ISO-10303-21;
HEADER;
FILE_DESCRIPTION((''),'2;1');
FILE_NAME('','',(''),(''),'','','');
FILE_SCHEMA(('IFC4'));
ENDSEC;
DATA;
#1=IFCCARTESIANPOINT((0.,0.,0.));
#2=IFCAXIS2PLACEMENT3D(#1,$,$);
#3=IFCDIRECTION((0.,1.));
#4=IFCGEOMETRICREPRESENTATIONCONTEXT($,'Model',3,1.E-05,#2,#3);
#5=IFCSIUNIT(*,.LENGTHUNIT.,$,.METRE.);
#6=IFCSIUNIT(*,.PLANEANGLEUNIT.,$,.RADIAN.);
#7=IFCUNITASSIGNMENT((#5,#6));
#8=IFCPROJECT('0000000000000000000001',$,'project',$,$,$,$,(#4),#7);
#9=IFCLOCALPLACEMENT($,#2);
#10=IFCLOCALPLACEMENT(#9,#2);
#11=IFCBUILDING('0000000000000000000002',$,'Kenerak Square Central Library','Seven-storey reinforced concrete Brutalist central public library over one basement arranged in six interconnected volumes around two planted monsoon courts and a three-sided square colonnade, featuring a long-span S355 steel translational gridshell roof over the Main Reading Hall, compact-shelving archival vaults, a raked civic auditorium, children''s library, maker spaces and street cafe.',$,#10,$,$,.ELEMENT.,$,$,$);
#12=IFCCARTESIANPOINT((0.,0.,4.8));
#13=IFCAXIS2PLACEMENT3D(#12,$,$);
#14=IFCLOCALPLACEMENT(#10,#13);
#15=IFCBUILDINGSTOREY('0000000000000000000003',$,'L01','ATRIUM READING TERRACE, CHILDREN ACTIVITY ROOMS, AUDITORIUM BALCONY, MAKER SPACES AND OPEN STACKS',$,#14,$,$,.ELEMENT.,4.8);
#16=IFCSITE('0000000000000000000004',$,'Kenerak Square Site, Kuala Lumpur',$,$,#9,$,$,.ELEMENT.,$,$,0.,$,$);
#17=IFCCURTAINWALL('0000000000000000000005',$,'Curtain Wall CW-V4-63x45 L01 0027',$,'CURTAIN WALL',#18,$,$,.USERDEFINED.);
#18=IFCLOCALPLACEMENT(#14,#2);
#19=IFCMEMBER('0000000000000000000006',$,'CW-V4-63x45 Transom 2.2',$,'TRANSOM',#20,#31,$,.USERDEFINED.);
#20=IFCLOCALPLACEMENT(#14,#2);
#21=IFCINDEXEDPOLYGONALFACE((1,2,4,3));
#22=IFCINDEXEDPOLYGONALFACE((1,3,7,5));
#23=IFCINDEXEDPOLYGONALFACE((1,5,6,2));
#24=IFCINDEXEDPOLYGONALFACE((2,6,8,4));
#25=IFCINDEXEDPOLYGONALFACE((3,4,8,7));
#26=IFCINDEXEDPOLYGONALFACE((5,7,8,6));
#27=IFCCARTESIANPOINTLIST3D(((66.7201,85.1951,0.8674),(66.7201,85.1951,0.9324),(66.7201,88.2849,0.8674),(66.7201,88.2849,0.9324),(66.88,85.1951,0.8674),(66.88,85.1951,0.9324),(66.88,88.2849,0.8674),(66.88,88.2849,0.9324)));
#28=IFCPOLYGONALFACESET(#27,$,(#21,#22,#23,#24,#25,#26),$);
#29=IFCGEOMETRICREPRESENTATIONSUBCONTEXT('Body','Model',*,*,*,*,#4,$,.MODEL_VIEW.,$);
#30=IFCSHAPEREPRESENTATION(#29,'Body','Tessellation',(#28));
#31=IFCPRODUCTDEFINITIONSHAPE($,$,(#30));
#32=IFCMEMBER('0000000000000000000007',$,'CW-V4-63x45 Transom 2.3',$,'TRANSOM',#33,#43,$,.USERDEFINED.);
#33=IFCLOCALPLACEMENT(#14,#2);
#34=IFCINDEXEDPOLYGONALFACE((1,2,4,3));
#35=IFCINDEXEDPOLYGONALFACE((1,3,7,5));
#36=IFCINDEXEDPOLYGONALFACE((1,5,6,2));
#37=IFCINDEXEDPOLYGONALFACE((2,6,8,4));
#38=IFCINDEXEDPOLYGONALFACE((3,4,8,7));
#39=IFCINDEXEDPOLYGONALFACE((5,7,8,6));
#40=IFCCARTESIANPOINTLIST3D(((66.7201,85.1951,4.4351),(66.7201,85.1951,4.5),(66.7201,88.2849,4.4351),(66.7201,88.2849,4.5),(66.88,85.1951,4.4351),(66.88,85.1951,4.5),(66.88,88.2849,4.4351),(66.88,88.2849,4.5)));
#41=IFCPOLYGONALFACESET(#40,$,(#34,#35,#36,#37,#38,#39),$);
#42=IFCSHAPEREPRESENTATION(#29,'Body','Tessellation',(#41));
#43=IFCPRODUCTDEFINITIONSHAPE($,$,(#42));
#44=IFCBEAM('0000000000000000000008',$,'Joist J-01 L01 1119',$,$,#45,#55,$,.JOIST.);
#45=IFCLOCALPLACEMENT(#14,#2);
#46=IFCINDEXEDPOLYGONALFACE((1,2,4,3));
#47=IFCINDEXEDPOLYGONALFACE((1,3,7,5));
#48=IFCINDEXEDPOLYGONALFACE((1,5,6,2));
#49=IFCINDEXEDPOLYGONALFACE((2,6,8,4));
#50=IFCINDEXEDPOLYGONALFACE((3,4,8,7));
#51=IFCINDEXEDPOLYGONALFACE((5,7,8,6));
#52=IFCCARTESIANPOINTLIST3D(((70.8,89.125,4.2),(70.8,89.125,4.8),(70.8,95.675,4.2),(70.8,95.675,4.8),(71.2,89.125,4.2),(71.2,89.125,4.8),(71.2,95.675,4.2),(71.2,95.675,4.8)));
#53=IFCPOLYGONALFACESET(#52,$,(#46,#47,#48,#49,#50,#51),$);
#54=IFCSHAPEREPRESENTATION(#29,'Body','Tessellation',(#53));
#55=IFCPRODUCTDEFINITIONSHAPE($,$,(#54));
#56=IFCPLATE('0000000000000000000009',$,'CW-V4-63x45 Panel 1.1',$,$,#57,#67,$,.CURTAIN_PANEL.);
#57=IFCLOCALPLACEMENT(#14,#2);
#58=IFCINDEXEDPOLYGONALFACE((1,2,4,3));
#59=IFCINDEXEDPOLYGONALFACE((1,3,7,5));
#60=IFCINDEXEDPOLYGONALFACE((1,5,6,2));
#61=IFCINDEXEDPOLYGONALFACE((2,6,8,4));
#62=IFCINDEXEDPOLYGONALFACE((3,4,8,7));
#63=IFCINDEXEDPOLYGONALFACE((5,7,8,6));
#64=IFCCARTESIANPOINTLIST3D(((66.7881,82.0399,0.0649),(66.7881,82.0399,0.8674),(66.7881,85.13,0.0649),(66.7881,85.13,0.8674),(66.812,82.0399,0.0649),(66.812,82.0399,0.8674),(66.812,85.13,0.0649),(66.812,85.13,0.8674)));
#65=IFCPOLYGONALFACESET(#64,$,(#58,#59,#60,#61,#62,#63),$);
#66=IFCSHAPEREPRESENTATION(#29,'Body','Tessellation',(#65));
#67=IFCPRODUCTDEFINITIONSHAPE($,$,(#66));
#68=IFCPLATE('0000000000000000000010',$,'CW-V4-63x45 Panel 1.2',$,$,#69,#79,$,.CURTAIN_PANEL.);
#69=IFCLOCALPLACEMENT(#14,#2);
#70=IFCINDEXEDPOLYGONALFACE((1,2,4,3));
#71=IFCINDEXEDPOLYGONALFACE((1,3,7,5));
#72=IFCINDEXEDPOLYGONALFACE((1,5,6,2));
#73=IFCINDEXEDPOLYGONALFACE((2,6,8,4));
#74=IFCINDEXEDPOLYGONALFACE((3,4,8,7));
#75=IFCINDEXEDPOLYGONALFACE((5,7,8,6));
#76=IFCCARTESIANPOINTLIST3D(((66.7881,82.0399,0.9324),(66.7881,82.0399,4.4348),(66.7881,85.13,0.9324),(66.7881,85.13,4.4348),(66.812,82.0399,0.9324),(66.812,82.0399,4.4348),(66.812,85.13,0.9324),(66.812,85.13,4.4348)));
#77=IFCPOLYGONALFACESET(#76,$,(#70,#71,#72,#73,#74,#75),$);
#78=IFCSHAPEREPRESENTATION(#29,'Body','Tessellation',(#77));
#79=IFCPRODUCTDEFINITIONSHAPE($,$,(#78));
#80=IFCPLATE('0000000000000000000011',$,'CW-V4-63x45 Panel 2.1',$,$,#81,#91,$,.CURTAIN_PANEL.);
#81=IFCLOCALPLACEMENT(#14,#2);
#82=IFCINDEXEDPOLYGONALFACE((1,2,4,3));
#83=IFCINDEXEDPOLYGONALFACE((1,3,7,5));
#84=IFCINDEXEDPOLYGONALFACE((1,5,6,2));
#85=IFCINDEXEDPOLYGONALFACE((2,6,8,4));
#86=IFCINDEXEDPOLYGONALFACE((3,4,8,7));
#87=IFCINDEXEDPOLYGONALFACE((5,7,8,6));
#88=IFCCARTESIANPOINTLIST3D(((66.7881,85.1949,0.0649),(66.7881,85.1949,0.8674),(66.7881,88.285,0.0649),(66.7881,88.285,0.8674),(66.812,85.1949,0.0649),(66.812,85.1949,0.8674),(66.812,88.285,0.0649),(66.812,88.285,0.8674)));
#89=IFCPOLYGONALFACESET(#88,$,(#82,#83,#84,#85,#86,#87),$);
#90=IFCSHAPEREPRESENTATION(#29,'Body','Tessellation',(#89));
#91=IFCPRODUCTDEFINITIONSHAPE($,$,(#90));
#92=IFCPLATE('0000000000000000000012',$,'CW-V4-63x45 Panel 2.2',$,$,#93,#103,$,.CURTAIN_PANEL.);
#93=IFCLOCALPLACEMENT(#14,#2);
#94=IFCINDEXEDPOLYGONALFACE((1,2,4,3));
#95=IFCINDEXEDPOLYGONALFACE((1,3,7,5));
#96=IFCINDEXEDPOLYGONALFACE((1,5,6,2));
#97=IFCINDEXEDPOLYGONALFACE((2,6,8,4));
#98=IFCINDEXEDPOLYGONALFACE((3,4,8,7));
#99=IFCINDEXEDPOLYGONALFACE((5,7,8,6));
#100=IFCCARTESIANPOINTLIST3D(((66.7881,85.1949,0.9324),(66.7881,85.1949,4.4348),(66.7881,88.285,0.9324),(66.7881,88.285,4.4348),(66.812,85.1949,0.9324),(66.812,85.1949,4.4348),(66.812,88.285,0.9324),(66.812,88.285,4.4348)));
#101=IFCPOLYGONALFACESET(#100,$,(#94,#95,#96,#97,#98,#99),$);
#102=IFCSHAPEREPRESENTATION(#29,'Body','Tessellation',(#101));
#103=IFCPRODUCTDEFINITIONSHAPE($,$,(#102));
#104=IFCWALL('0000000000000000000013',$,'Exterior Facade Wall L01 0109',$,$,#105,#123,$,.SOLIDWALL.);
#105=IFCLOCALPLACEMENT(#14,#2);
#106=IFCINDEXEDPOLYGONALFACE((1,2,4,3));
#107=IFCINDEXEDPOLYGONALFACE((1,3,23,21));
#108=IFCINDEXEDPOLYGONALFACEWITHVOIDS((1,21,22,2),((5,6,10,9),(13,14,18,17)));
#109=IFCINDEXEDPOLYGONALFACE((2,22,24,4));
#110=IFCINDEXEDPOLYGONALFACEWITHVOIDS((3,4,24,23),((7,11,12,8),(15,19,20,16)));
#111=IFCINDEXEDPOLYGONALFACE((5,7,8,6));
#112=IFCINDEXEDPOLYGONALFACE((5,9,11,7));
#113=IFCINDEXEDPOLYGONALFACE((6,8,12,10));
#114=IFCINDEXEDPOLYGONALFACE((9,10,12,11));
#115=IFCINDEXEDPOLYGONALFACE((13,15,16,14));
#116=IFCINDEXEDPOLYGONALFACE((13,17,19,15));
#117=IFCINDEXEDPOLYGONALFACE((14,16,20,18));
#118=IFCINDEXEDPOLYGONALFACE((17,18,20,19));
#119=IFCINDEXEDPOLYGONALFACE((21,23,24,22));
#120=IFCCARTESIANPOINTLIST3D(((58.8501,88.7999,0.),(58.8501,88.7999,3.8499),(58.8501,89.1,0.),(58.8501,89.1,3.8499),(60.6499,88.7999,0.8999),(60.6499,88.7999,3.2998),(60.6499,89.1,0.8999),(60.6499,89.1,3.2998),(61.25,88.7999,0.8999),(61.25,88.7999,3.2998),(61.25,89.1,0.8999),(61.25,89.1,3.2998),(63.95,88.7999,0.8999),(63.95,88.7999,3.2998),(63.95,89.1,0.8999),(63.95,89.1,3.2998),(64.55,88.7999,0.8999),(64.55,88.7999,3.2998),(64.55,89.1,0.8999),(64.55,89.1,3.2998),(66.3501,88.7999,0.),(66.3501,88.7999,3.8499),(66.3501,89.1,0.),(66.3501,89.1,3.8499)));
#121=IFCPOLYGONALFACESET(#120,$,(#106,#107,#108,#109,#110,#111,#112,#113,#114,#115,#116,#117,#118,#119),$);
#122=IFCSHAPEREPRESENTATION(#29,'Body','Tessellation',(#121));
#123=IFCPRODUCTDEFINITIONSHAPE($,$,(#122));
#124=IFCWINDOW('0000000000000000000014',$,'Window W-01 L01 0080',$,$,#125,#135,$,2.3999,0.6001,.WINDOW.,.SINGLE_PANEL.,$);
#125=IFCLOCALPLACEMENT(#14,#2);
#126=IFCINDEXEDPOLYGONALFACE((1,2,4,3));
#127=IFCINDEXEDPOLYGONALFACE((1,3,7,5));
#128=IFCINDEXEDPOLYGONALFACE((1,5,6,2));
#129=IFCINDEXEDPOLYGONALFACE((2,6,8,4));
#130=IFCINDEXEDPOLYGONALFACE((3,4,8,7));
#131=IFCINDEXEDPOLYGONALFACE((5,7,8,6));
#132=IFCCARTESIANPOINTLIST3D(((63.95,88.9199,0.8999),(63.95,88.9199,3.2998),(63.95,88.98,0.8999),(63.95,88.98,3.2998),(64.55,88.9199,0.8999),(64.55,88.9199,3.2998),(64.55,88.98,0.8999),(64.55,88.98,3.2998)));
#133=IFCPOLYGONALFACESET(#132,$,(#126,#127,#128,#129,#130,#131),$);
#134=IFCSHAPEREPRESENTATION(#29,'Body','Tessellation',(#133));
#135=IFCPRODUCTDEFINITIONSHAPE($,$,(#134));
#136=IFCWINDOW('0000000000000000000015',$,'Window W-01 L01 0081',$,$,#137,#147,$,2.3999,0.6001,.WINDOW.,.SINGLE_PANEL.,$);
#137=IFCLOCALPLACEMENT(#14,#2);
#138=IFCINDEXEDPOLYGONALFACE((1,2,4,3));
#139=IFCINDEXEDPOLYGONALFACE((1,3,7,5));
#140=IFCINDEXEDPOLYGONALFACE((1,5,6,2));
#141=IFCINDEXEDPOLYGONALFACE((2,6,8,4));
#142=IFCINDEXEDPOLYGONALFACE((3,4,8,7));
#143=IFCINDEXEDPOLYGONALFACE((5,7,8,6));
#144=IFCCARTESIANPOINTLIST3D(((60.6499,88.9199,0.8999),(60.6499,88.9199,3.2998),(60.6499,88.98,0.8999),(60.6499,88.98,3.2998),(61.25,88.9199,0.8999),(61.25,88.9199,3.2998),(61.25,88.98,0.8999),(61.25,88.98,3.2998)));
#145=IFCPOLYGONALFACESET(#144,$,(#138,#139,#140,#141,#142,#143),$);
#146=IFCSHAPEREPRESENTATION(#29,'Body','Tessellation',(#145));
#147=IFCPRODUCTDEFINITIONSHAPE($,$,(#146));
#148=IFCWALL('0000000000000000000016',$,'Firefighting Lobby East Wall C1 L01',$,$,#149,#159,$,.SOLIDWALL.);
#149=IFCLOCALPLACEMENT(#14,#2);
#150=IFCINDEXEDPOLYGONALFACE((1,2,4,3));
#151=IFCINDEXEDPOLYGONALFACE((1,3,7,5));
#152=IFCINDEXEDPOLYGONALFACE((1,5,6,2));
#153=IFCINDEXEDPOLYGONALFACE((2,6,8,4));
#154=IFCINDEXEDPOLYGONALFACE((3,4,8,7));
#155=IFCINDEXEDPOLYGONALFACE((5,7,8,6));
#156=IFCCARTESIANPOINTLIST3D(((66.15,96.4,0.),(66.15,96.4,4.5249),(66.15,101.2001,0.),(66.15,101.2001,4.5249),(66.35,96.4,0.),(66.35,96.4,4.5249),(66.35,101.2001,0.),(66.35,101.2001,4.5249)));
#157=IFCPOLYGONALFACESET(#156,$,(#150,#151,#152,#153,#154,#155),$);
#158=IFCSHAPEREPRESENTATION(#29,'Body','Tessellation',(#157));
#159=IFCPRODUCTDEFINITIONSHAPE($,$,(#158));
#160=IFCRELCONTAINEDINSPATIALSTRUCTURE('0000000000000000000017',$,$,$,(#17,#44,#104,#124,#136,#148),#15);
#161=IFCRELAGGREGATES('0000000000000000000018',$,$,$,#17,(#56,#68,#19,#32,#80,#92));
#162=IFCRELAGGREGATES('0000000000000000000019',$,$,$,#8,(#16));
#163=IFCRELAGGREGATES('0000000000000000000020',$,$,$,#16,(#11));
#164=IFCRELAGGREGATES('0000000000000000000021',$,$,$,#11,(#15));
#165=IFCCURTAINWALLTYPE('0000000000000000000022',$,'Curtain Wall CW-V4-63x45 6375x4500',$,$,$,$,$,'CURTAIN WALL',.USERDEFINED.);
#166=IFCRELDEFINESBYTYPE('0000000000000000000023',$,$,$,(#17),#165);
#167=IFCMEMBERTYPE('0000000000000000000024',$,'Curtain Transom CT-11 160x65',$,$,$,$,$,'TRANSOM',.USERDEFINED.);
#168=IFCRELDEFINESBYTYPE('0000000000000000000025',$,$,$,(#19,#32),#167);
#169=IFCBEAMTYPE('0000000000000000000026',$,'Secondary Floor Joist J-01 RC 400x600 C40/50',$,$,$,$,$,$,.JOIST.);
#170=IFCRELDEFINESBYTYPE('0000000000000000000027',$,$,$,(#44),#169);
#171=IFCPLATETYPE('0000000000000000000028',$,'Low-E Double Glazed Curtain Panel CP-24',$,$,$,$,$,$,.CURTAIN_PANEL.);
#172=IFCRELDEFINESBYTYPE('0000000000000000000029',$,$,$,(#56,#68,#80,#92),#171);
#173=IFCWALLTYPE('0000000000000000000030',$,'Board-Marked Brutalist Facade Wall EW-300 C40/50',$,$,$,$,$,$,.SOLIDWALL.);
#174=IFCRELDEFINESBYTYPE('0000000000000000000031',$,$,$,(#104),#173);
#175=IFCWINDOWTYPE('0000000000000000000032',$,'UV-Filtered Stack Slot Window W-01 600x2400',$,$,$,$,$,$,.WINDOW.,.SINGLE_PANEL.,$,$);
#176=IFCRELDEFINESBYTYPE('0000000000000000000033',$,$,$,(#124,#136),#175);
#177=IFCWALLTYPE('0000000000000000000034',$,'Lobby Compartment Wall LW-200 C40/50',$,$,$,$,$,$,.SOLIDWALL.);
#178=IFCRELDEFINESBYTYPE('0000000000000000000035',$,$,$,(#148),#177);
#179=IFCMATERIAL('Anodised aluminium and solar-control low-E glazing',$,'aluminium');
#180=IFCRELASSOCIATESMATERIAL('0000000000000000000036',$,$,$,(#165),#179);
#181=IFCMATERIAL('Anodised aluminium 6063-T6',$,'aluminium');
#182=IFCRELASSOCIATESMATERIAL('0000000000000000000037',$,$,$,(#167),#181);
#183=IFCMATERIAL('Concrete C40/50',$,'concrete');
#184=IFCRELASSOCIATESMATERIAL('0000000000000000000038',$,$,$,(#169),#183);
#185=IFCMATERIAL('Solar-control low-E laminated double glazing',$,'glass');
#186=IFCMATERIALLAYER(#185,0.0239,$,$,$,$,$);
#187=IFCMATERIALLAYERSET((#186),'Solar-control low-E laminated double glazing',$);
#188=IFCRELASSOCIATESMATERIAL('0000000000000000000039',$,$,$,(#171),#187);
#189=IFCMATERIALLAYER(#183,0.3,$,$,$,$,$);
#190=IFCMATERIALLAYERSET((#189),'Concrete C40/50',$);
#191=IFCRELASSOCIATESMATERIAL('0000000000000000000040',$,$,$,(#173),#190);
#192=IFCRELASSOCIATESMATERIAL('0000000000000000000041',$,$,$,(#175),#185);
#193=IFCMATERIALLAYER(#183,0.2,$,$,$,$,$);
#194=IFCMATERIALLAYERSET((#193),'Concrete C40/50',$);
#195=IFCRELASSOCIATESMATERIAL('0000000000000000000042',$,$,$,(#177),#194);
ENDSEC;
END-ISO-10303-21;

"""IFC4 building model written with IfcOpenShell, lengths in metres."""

from ifc_helpers import new_model, si_unit, direction, frame, frame_2d, origin, origin_2d, place, context, subcontext, project, spatial, rectangle, extrude, material, layer, layer_set, material_profile, profile_set, type_object, element, fill, aggregate, save


model = new_model("IFC4")

# Units and contexts
model_context = context("Model", 3, precision=1e-05, world=origin(), true_north=direction((0.0, 1.0)))
body_context = subcontext(model_context, "Body", "Model", "MODEL_VIEW")
ifc_project = project(units=[si_unit("LENGTHUNIT", "METRE"), si_unit("PLANEANGLEUNIT", "RADIAN")], contexts=[model_context])

# Site, building, storey
site_placement = place(None, origin())
site = spatial("IfcSite", under=ifc_project, at=site_placement, Name="Kenerak Square Site, Kuala Lumpur", CompositionType="ELEMENT", RefElevation=0.0)
building_placement = place(site_placement, origin())
building = spatial("IfcBuilding", under=site, at=building_placement, Name="Kenerak Square Central Library", Description="Seven-storey reinforced concrete Brutalist central public library over one basement arranged in six interconnected volumes around two planted monsoon courts and a three-sided square colonnade, featuring a long-span S355 steel translational gridshell roof over the Main Reading Hall, compact-shelving archival vaults, a raked civic auditorium, children's library, maker spaces and street cafe.", CompositionType="ELEMENT")
storey_placement = place(building_placement, frame((0.0, 0.0, 4.8)))
storey = spatial("IfcBuildingStorey", under=building, at=storey_placement, Name="L01", Description="ATRIUM READING TERRACE, CHILDREN ACTIVITY ROOMS, AUDITORIUM BALCONY, MAKER SPACES AND OPEN STACKS", CompositionType="ELEMENT", Elevation=4.8)

# Shared definitions
ifc_material_1 = material(Name="Concrete C40/50", Category="concrete")

# Curtain wall, members
ifc_material_2 = material(Name="Anodised aluminium and solar-control low-E glazing", Category="aluminium")
curtain_wall_type = type_object("IfcCurtainWallType", Name="Curtain Wall CW-V4-63x45 6375x4500", ElementType="CURTAIN WALL", PredefinedType="USERDEFINED", material=ifc_material_2)
curtain_wall_placement = place(storey_placement, origin())
curtain_wall = element("IfcCurtainWall", 1, at=curtain_wall_placement, inside=storey, type_object=curtain_wall_type, Name="Curtain Wall CW-V4-63x45 L01 0027", ObjectType="CURTAIN WALL", PredefinedType="USERDEFINED")
ifc_material_3 = material(Name="Anodised aluminium 6063-T6", Category="aluminium")
ifc_material_profile_1 = material_profile(ifc_material_3, rectangle(XDim=0.1599, YDim=0.0649, at=origin_2d()), Name="AL TRANSOM 160x65")
ifc_profile_set_1 = profile_set([ifc_material_profile_1], Name="Anodised aluminium 6063-T6")
member_type_1 = type_object("IfcMemberType", Name="Curtain Transom CT-11 160x65", ElementType="TRANSOM", PredefinedType="USERDEFINED", material=ifc_profile_set_1)
member_1_placement = place(storey_placement, frame((66.8, 85.1951, 0.8999), z_axis=(0.0, 1.0, 0.0), x_axis=(-1.0, 0.0, 0.0)))
member_1 = element("IfcMember", 2, at=member_1_placement, type_object=member_type_1, Name="CW-V4-63x45 Transom 2.2", ObjectType="TRANSOM", PredefinedType="USERDEFINED", context=body_context, shape_type="SweptSolid", body=[
    extrude(rectangle(XDim=0.1599, YDim=0.0649, at=origin_2d()), origin(), (0.0, 0.0, 1.0), 3.0898),
])
member_2_placement = place(storey_placement, frame((66.8, 85.1951, 4.4675), z_axis=(0.0, 1.0, 0.0), x_axis=(-1.0, 0.0, 0.0)))
member_2 = element("IfcMember", 3, at=member_2_placement, type_object=member_type_1, Name="CW-V4-63x45 Transom 2.3", ObjectType="TRANSOM", PredefinedType="USERDEFINED", context=body_context, shape_type="SweptSolid", body=[
    extrude(rectangle(XDim=0.1599, YDim=0.0649, at=origin_2d()), origin(), (0.0, 0.0, 1.0), 3.0898),
])

# Beam
ifc_material_profile_2 = material_profile(ifc_material_1, rectangle(XDim=0.3999, YDim=0.6001, at=origin_2d()), Name="RC 400x600")
ifc_profile_set_2 = profile_set([ifc_material_profile_2], Name="Concrete C40/50")
beam_type_1 = type_object("IfcBeamType", Name="Secondary Floor Joist J-01 RC 400x600 C40/50", PredefinedType="JOIST", material=ifc_profile_set_2)
beam_1_placement = place(storey_placement, frame((71.0, 89.125, 4.5), z_axis=(0.0, 1.0, 0.0), x_axis=(-1.0, 0.0, 0.0)))
element("IfcBeam", 4, at=beam_1_placement, inside=storey, type_object=beam_type_1, Name="Joist J-01 L01 1119", PredefinedType="JOIST", context=body_context, shape_type="SweptSolid", body=[
    extrude(rectangle(XDim=0.3999, YDim=0.6001, at=origin_2d()), origin(), (0.0, 0.0, 1.0), 6.55),
])

# Plates
ifc_material_4 = material(Name="Solar-control low-E laminated double glazing", Category="glass")
ifc_layer_1 = layer(ifc_material_4, 0.0239)
ifc_layer_set_1 = layer_set([ifc_layer_1], Name="Solar-control low-E laminated double glazing")
plate_type = type_object("IfcPlateType", Name="Low-E Double Glazed Curtain Panel CP-24", PredefinedType="CURTAIN_PANEL", material=ifc_layer_set_1)
plate_1_placement = place(storey_placement, frame((66.8, 83.585, 0.0649), z_axis=(0.0, 0.0, 1.0), x_axis=(0.0, 1.0, 0.0)))
plate_1 = element("IfcPlate", 5, at=plate_1_placement, type_object=plate_type, Name="CW-V4-63x45 Panel 1.1", PredefinedType="CURTAIN_PANEL", context=body_context, shape_type="SweptSolid", body=[
    extrude(rectangle(XDim=3.0901, YDim=0.0239, at=origin_2d()), origin(), (0.0, 0.0, 1.0), 0.8025),
])
plate_2_placement = place(storey_placement, frame((66.8, 83.585, 0.9324), z_axis=(0.0, 0.0, 1.0), x_axis=(0.0, 1.0, 0.0)))
plate_2 = element("IfcPlate", 6, at=plate_2_placement, type_object=plate_type, Name="CW-V4-63x45 Panel 1.2", PredefinedType="CURTAIN_PANEL", context=body_context, shape_type="SweptSolid", body=[
    extrude(rectangle(XDim=3.0901, YDim=0.0239, at=origin_2d()), origin(), (0.0, 0.0, 1.0), 3.5024),
])
plate_3_placement = place(storey_placement, frame((66.8, 86.74, 0.0649), z_axis=(0.0, 0.0, 1.0), x_axis=(0.0, 1.0, 0.0)))
plate_3 = element("IfcPlate", 7, at=plate_3_placement, type_object=plate_type, Name="CW-V4-63x45 Panel 2.1", PredefinedType="CURTAIN_PANEL", context=body_context, shape_type="SweptSolid", body=[
    extrude(rectangle(XDim=3.0901, YDim=0.0239, at=origin_2d()), origin(), (0.0, 0.0, 1.0), 0.8025),
])
plate_4_placement = place(storey_placement, frame((66.8, 86.74, 0.9324), z_axis=(0.0, 0.0, 1.0), x_axis=(0.0, 1.0, 0.0)))
plate_4 = element("IfcPlate", 8, at=plate_4_placement, type_object=plate_type, Name="CW-V4-63x45 Panel 2.2", PredefinedType="CURTAIN_PANEL", context=body_context, shape_type="SweptSolid", body=[
    extrude(rectangle(XDim=3.0901, YDim=0.0239, at=origin_2d()), origin(), (0.0, 0.0, 1.0), 3.5024),
])
aggregate(curtain_wall, [plate_1, plate_2, member_1, member_2, plate_3, plate_4])

# Wall, openings, windows
ifc_layer_2 = layer(ifc_material_1, 0.3)
ifc_layer_set_2 = layer_set([ifc_layer_2], Name="Concrete C40/50")
wall_type_1 = type_object("IfcWallType", Name="Board-Marked Brutalist Facade Wall EW-300 C40/50", PredefinedType="SOLIDWALL", material=ifc_layer_set_2)
wall_1_placement = place(storey_placement, frame((66.3501, 88.95, 0.0), z_axis=(0.0, 0.0, 1.0), x_axis=(-1.0, 0.0, 0.0)))
wall_1 = element("IfcWall", 9, at=wall_1_placement, inside=storey, type_object=wall_type_1, Name="Exterior Facade Wall L01 0109", PredefinedType="SOLIDWALL", context=body_context, shape_type="SweptSolid", body=[
    extrude(rectangle(XDim=7.5, YDim=0.3, at=frame_2d((3.75, 0.0))), origin(), (0.0, 0.0, 1.0), 3.8499),
])
opening_1_placement = place(wall_1_placement, frame((1.8, 0.0, 0.8999)))
opening_1 = element("IfcOpeningElement", 10, at=opening_1_placement, cuts=wall_1, PredefinedType="OPENING", context=body_context, shape_type="SweptSolid", body=[
    extrude(rectangle(XDim=0.6001, YDim=2.3999, at=frame_2d((0.3, 1.2))), frame((0.0, 0.1599, 0.0), z_axis=(0.0, -1.0, 0.0), x_axis=(1.0, 0.0, 0.0)), (0.0, 0.0, 1.0), 0.3201),
])
opening_2_placement = place(wall_1_placement, frame((5.1001, 0.0, 0.8999)))
opening_2 = element("IfcOpeningElement", 11, at=opening_2_placement, cuts=wall_1, PredefinedType="OPENING", context=body_context, shape_type="SweptSolid", body=[
    extrude(rectangle(XDim=0.6001, YDim=2.3999, at=frame_2d((0.3, 1.2))), frame((0.0, 0.1599, 0.0), z_axis=(0.0, -1.0, 0.0), x_axis=(1.0, 0.0, 0.0)), (0.0, 0.0, 1.0), 0.3201),
])
window_type = type_object("IfcWindowType", Name="UV-Filtered Stack Slot Window W-01 600x2400", PartitioningType="SINGLE_PANEL", PredefinedType="WINDOW", material=ifc_material_4)
window_1_placement = place(opening_1_placement, origin())
window_1 = element("IfcWindow", 12, at=window_1_placement, inside=storey, type_object=window_type, Name="Window W-01 L01 0080", OverallHeight=2.3999, OverallWidth=0.6001, PartitioningType="SINGLE_PANEL", PredefinedType="WINDOW", context=body_context, shape_type="SweptSolid", body=[
    extrude(rectangle(XDim=0.6001, YDim=2.3999, at=frame_2d((0.3, 1.2))), frame((0.0, 0.03, 0.0), z_axis=(0.0, -1.0, 0.0), x_axis=(1.0, 0.0, 0.0)), (0.0, 0.0, 1.0), 0.0601),
])
fill(opening_1, window_1)
window_2_placement = place(opening_2_placement, origin())
window_2 = element("IfcWindow", 13, at=window_2_placement, inside=storey, type_object=window_type, Name="Window W-01 L01 0081", OverallHeight=2.3999, OverallWidth=0.6001, PartitioningType="SINGLE_PANEL", PredefinedType="WINDOW", context=body_context, shape_type="SweptSolid", body=[
    extrude(rectangle(XDim=0.6001, YDim=2.3999, at=frame_2d((0.3, 1.2))), frame((0.0, 0.03, 0.0), z_axis=(0.0, -1.0, 0.0), x_axis=(1.0, 0.0, 0.0)), (0.0, 0.0, 1.0), 0.0601),
])
fill(opening_2, window_2)

# Wall
ifc_layer_3 = layer(ifc_material_1, 0.2)
ifc_layer_set_3 = layer_set([ifc_layer_3], Name="Concrete C40/50")
wall_type_2 = type_object("IfcWallType", Name="Lobby Compartment Wall LW-200 C40/50", PredefinedType="SOLIDWALL", material=ifc_layer_set_3)
wall_2_placement = place(storey_placement, frame((66.25, 101.2, 0.0), z_axis=(0.0, 0.0, 1.0), x_axis=(0.0, -1.0, 0.0)))
element("IfcWall", 14, at=wall_2_placement, inside=storey, type_object=wall_type_2, Name="Firefighting Lobby East Wall C1 L01", PredefinedType="SOLIDWALL", context=body_context, shape_type="SweptSolid", body=[
    extrude(rectangle(XDim=4.8, YDim=0.2, at=frame_2d((2.3999, 0.0))), origin(), (0.0, 0.0, 1.0), 4.5249),
])

save(model, "model.ifc")
